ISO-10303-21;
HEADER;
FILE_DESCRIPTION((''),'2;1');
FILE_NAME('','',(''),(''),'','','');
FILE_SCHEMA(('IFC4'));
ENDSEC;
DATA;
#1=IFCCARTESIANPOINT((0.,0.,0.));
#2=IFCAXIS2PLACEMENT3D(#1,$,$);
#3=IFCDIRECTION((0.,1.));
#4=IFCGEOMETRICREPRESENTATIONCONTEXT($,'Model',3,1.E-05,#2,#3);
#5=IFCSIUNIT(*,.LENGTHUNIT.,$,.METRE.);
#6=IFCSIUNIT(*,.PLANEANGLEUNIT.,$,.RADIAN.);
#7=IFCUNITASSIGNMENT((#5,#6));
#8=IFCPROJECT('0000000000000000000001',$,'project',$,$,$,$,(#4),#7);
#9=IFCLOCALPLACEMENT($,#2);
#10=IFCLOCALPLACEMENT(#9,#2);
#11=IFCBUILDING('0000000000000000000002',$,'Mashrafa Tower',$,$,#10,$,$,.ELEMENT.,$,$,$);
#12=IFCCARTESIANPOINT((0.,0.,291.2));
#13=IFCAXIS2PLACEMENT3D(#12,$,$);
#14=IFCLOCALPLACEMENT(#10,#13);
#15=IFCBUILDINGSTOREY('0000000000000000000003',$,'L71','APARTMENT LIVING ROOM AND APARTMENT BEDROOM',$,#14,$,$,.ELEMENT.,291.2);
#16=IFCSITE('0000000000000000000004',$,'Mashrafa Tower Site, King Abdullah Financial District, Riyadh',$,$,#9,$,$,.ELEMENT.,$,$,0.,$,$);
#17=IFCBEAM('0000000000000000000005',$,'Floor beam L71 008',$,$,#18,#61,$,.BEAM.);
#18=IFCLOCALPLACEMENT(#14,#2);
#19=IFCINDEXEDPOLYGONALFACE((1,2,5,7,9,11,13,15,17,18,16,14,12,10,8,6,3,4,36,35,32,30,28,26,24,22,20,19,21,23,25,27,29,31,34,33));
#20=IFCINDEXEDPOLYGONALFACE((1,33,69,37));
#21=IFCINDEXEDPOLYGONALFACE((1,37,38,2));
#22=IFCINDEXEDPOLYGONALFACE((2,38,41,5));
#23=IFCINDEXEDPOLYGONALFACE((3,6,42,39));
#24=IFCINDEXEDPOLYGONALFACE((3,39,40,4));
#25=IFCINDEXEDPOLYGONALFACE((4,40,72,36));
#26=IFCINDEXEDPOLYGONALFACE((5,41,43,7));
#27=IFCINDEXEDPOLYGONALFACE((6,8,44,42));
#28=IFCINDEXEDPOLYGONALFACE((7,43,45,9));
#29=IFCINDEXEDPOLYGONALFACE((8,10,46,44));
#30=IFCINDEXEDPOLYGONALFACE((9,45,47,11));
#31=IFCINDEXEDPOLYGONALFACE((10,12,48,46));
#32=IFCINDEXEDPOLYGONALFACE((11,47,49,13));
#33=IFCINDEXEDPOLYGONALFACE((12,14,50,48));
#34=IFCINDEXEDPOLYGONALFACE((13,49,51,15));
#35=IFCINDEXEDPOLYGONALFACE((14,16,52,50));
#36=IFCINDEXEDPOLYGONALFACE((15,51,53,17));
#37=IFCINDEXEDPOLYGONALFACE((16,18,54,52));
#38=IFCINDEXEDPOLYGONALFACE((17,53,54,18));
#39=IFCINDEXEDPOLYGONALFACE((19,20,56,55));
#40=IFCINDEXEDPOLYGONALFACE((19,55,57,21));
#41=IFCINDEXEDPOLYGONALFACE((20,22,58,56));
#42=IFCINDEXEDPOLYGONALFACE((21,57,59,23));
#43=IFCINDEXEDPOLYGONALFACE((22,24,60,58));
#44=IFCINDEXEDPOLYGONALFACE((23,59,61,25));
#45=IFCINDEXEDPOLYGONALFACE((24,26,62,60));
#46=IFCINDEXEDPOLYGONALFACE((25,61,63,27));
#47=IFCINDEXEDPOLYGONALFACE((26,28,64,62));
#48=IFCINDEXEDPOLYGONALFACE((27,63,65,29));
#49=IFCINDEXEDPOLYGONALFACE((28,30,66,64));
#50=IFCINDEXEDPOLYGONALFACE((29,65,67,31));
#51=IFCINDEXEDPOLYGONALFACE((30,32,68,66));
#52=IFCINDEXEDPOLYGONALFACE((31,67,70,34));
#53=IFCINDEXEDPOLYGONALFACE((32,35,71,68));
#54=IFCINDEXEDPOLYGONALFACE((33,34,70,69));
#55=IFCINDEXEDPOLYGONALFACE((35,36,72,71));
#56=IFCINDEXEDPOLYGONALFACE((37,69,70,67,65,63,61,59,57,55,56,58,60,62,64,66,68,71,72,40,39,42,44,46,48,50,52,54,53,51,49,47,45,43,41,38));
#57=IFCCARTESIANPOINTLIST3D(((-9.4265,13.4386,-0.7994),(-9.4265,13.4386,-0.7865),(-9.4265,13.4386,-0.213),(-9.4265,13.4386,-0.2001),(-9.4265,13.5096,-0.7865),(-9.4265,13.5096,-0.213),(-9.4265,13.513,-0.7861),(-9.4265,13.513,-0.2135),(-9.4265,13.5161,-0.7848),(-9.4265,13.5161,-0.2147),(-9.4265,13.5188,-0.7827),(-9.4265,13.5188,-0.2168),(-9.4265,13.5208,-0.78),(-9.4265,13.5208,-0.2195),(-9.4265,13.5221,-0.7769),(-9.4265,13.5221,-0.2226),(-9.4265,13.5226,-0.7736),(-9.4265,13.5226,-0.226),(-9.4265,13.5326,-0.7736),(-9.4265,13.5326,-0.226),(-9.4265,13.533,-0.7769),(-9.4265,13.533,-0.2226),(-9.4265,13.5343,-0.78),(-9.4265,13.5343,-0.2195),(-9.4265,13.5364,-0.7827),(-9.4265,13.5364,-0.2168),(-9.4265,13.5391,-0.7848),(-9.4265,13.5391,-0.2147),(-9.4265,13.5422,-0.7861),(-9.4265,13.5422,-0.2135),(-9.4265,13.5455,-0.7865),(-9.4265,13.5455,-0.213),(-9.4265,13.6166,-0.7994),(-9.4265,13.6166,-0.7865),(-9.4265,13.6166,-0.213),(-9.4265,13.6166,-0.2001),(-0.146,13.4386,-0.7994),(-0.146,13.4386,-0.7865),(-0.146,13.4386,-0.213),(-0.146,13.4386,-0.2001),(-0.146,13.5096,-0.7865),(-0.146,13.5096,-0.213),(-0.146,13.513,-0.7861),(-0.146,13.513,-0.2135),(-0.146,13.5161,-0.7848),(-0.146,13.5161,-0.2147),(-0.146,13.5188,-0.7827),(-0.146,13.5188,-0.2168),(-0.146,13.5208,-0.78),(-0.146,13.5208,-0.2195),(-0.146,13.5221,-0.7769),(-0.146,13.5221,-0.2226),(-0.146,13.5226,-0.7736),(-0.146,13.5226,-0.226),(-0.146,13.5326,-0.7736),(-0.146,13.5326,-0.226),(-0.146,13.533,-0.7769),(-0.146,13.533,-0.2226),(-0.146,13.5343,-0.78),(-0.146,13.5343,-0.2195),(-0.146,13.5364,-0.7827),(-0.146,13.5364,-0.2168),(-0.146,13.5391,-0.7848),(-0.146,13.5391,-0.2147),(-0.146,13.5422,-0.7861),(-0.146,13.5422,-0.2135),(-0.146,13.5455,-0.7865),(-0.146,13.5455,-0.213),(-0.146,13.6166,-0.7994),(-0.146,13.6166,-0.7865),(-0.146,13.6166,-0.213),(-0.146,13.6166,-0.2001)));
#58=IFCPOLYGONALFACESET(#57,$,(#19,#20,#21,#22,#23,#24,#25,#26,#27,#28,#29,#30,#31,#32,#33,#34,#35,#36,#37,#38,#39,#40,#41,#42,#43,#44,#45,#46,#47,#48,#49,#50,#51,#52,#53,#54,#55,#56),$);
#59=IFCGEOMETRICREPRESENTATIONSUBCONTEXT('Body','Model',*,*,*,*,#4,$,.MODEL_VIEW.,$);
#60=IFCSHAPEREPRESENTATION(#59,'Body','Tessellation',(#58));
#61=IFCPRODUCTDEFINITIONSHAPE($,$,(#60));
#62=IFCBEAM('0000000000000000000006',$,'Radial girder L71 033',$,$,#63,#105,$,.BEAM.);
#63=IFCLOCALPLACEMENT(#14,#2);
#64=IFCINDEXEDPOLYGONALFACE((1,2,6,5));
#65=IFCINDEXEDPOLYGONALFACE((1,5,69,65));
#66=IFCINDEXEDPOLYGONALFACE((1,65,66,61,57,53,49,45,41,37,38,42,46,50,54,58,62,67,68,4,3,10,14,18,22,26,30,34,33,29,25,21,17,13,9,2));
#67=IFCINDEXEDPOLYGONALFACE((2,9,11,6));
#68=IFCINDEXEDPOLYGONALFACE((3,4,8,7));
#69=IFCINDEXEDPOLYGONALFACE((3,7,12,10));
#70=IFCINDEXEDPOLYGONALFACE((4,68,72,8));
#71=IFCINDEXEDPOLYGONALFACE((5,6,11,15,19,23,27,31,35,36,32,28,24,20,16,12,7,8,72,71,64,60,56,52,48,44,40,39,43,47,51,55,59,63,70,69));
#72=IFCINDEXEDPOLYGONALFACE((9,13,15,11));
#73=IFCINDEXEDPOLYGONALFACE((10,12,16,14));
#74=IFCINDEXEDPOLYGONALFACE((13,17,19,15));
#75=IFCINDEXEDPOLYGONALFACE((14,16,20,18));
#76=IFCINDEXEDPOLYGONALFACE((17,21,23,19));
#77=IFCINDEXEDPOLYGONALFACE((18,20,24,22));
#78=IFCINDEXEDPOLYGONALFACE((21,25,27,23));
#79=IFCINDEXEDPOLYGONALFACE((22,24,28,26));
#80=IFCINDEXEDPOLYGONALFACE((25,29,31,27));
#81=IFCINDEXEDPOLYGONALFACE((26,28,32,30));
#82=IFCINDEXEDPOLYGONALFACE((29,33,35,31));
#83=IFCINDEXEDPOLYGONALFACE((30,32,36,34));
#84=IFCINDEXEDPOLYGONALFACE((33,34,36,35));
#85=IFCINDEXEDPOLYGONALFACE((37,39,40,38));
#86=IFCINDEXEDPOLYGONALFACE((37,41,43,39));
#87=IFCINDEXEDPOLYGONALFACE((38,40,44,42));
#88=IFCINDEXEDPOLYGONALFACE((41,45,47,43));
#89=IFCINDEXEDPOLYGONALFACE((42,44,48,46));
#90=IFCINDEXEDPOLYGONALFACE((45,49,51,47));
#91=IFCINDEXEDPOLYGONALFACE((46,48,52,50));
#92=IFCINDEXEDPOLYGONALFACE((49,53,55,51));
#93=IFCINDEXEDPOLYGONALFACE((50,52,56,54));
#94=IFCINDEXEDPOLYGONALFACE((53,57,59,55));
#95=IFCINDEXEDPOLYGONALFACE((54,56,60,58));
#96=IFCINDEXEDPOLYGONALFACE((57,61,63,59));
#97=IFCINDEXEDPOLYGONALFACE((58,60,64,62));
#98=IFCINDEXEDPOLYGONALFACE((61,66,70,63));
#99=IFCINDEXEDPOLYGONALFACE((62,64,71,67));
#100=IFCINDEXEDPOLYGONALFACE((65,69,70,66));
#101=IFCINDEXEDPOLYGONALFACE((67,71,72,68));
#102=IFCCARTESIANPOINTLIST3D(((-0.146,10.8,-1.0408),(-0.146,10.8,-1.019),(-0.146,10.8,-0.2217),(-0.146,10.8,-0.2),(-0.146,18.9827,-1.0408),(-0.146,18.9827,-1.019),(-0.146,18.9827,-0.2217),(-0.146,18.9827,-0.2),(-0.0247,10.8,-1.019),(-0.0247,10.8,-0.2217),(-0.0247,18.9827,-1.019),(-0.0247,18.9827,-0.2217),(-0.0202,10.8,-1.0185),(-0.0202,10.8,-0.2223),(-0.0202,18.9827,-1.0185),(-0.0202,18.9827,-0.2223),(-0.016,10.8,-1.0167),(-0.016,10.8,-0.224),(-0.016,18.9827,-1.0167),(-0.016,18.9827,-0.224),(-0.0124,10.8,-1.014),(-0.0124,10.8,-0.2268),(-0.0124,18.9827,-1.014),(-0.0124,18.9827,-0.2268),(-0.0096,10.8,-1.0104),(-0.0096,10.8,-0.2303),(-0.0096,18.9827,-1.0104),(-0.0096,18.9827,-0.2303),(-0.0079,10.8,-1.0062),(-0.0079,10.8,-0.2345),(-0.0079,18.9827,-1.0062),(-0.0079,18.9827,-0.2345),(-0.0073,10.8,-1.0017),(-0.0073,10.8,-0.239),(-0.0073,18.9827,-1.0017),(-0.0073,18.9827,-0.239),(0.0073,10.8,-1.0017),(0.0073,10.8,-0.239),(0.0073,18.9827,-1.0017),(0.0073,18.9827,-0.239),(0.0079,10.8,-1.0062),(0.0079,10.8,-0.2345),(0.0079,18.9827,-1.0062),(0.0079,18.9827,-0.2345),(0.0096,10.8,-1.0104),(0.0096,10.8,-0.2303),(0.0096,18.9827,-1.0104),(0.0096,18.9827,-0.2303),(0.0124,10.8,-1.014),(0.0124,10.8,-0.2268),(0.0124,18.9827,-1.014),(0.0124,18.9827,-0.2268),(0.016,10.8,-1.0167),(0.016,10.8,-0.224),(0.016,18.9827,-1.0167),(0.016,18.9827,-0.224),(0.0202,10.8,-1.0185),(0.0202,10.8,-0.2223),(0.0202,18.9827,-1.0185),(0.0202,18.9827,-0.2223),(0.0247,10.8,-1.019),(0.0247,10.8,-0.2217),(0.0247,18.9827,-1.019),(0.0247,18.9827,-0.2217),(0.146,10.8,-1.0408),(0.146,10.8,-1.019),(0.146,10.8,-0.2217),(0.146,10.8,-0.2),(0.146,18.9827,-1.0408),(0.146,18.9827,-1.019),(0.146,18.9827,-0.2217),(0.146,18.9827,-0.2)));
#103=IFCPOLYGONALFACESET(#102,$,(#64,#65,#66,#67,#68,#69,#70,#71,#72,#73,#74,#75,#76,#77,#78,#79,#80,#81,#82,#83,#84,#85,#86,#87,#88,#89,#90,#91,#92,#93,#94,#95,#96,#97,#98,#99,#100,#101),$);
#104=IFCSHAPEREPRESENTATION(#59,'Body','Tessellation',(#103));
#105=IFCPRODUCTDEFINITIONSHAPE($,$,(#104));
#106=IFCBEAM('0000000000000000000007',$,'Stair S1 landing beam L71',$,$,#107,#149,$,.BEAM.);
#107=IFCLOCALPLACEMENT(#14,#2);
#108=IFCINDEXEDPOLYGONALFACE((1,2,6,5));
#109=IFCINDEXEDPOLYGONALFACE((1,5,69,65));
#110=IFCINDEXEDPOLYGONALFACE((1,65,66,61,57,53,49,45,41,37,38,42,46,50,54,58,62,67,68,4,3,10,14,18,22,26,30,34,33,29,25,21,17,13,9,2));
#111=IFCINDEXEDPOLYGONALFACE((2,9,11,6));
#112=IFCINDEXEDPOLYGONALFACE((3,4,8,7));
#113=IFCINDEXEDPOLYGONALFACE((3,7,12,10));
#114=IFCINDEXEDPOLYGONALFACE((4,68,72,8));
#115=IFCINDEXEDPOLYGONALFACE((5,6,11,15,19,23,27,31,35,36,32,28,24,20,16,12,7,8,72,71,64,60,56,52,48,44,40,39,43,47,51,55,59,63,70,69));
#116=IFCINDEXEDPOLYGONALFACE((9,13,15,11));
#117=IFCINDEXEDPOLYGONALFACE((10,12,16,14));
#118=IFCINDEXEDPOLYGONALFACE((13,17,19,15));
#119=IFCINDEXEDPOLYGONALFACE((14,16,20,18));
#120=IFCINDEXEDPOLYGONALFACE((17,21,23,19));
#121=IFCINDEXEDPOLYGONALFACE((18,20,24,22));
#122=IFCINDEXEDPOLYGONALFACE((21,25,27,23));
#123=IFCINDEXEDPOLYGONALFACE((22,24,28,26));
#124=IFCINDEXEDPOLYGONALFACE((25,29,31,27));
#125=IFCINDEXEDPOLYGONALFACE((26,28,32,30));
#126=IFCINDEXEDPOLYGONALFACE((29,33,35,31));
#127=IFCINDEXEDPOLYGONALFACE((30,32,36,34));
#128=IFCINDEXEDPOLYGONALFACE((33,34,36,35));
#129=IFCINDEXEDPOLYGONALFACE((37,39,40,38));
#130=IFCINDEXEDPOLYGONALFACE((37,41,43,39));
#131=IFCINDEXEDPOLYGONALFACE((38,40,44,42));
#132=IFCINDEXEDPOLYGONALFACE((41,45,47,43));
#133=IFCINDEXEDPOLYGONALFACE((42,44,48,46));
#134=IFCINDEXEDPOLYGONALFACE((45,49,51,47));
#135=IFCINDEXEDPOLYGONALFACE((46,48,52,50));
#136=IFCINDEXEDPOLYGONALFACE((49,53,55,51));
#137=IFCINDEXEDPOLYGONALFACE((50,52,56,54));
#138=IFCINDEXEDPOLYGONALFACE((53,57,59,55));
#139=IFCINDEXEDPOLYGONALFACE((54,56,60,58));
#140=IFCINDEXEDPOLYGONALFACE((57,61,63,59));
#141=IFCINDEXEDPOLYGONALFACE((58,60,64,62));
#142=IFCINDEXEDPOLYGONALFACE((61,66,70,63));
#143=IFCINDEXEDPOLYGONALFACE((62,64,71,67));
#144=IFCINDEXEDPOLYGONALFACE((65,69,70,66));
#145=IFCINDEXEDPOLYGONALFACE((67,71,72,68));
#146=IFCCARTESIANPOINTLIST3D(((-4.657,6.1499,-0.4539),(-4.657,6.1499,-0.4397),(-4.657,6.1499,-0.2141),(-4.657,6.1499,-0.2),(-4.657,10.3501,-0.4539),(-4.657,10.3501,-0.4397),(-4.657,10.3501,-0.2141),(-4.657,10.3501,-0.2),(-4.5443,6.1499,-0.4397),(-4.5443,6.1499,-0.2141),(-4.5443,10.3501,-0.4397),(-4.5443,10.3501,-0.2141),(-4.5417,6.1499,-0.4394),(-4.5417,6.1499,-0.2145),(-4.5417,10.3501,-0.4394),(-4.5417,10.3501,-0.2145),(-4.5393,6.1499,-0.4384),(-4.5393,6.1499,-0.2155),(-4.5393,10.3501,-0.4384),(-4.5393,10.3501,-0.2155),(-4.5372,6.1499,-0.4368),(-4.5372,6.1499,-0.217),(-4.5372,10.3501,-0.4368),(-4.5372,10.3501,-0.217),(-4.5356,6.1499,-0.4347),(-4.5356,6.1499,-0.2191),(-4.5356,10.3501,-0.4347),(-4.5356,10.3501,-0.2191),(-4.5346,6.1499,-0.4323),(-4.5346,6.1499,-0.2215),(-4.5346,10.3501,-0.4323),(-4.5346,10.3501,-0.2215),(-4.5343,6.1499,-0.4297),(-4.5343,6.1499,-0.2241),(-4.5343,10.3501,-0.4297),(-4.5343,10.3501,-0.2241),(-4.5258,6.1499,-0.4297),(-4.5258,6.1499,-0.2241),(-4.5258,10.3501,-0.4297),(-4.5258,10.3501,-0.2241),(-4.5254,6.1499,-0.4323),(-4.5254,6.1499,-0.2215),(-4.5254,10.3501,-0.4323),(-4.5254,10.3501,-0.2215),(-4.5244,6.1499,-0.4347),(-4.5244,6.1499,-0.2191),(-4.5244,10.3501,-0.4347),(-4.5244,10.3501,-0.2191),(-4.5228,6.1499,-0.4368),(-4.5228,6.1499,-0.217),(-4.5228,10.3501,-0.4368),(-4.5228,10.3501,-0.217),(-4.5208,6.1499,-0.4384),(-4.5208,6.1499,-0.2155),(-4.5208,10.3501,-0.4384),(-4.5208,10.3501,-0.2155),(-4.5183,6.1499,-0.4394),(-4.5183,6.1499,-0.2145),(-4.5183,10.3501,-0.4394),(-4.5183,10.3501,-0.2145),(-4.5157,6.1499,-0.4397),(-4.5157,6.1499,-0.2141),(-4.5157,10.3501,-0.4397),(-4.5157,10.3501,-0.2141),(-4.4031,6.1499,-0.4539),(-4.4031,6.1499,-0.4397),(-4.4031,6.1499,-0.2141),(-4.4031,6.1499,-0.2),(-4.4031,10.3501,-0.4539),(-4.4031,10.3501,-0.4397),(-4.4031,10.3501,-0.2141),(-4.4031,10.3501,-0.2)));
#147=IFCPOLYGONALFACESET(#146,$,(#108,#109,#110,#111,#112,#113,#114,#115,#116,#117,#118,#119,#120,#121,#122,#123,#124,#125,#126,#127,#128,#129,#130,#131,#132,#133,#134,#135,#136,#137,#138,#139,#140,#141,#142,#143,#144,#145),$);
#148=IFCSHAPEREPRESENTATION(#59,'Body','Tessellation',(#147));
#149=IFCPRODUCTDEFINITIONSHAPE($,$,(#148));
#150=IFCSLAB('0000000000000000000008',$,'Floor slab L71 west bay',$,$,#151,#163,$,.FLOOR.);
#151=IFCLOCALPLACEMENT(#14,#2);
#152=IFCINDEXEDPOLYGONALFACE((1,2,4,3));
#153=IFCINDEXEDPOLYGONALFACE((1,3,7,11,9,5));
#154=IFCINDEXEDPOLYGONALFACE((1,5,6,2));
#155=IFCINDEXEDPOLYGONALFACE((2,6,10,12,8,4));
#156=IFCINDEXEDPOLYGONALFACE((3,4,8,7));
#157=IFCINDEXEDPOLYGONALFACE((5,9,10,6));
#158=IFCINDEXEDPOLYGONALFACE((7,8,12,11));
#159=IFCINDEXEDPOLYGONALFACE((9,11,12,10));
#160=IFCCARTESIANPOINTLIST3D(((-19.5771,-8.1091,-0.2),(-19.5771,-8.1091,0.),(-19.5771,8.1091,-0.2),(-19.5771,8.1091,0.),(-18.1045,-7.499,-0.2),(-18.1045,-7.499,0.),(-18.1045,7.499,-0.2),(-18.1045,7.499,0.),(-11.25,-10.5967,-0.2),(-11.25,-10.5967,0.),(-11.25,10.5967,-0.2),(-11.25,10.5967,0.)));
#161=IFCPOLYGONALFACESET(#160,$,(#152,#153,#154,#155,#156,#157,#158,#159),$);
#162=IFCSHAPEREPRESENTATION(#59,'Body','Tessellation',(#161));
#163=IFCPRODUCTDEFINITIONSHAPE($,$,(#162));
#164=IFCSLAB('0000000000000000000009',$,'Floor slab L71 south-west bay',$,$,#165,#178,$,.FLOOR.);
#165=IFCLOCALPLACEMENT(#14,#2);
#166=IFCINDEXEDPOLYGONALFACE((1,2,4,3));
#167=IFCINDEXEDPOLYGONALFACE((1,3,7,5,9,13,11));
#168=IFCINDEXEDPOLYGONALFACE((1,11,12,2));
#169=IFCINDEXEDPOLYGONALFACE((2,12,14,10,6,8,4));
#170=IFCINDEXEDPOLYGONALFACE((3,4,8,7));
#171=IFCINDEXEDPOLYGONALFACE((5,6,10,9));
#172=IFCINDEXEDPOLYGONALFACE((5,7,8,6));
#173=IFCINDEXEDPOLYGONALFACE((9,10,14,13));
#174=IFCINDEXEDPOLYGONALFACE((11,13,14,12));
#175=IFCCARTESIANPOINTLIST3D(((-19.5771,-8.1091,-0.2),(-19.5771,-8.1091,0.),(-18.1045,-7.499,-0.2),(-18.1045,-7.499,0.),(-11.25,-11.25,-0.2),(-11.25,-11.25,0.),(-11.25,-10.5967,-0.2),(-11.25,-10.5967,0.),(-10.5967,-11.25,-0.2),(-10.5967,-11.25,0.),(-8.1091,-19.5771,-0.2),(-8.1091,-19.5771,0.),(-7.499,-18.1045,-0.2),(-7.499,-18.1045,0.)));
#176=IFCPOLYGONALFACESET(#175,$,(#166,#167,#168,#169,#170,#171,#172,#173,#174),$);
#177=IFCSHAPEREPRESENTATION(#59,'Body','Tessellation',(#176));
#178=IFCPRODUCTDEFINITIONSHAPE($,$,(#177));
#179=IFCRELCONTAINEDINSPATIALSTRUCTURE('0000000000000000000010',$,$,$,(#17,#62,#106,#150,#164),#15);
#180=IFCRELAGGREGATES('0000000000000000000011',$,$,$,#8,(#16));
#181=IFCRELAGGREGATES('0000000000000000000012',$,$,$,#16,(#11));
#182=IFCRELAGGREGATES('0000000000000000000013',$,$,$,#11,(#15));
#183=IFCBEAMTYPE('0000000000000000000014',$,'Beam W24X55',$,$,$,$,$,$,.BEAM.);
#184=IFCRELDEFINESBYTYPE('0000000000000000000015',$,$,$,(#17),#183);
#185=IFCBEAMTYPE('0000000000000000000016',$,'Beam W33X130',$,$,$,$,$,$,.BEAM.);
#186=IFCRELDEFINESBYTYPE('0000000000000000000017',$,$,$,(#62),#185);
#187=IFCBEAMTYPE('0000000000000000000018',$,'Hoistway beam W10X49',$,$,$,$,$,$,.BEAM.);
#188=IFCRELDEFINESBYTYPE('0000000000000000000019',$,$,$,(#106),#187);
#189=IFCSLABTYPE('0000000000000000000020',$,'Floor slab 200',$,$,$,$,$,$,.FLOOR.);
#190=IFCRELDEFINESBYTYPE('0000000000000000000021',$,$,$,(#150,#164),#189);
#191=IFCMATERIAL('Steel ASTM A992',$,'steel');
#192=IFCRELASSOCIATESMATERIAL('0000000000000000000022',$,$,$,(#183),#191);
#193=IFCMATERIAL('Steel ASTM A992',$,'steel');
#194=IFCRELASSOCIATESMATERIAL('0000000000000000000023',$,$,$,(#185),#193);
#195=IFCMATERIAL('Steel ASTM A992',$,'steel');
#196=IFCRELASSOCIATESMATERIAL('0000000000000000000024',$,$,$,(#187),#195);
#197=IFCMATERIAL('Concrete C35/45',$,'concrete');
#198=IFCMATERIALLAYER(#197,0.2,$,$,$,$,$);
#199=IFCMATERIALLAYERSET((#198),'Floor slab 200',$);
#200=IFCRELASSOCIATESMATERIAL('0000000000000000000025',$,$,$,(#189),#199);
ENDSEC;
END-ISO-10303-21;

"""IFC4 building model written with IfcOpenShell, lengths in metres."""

from ifc_helpers import new_model, si_unit, direction, frame, origin, origin_2d, place, context, subcontext, project, spatial, polyline, i_section, outline, extrude, material, layer, layer_set, material_profile, profile_set, type_object, element, save


model = new_model("IFC4")

# Units and contexts
model_context = context("Model", 3, precision=1e-05, world=origin(), true_north=direction((0.0, 1.0)))
body_context = subcontext(model_context, "Body", "Model", "MODEL_VIEW")
ifc_project = project(units=[si_unit("LENGTHUNIT", "METRE"), si_unit("PLANEANGLEUNIT", "RADIAN")], contexts=[model_context])

# Site, building, storey
site_placement = place(None, origin())
site = spatial("IfcSite", under=ifc_project, at=site_placement, Name="Mashrafa Tower Site, King Abdullah Financial District, Riyadh", CompositionType="ELEMENT", RefElevation=0.0)
building_placement = place(site_placement, origin())
building = spatial("IfcBuilding", under=site, at=building_placement, Name="Mashrafa Tower", CompositionType="ELEMENT")
storey_placement = place(building_placement, frame((0.0, 0.0, 291.2)))
storey = spatial("IfcBuildingStorey", under=building, at=storey_placement, Name="L71", Description="APARTMENT LIVING ROOM AND APARTMENT BEDROOM", CompositionType="ELEMENT", Elevation=291.2)

# Beams
ifc_material_1 = material(Name="Steel ASTM A992", Category="steel")
ifc_material_profile_1 = material_profile(ifc_material_1, i_section(OverallWidth=0.178, OverallDepth=0.5994, WebThickness=0.01, FlangeThickness=0.0129, FilletRadius=0.0129, at=origin_2d()), Name="W24X55")
ifc_profile_set_1 = profile_set([ifc_material_profile_1], Name="Steel ASTM A992")
beam_type_1 = type_object("IfcBeamType", Name="Beam W24X55", PredefinedType="BEAM", material=ifc_profile_set_1)
beam_1_placement = place(storey_placement, frame((-9.4265, 13.5276, -0.4998), z_axis=(1.0, 0.0, 0.0), x_axis=(0.0, 1.0, 0.0)))
element("IfcBeam", 1, at=beam_1_placement, inside=storey, type_object=beam_type_1, Name="Floor beam L71 008", PredefinedType="BEAM", context=body_context, shape_type="SweptSolid", body=[
    extrude(i_section(OverallWidth=0.178, OverallDepth=0.5994, WebThickness=0.01, FlangeThickness=0.0129, FilletRadius=0.0129, at=origin_2d()), origin(), (0.0, 0.0, 1.0), 9.2805),
])
ifc_material_2 = material(Name="Steel ASTM A992", Category="steel")
ifc_material_profile_2 = material_profile(ifc_material_2, i_section(OverallWidth=0.292, OverallDepth=0.8408, WebThickness=0.0146, FlangeThickness=0.0217, FilletRadius=0.0173, at=origin_2d()), Name="W33X130")
ifc_profile_set_2 = profile_set([ifc_material_profile_2], Name="Steel ASTM A992")
beam_type_2 = type_object("IfcBeamType", Name="Beam W33X130", PredefinedType="BEAM", material=ifc_profile_set_2)
beam_2_placement = place(storey_placement, frame((0.0, 10.8, -0.6204), z_axis=(0.0, 1.0, 0.0), x_axis=(-1.0, 0.0, 0.0)))
element("IfcBeam", 2, at=beam_2_placement, inside=storey, type_object=beam_type_2, Name="Radial girder L71 033", PredefinedType="BEAM", context=body_context, shape_type="SweptSolid", body=[
    extrude(i_section(OverallWidth=0.292, OverallDepth=0.8408, WebThickness=0.0146, FlangeThickness=0.0217, FilletRadius=0.0173, at=origin_2d()), origin(), (0.0, 0.0, 1.0), 8.1826),
])
ifc_material_3 = material(Name="Steel ASTM A992", Category="steel")
ifc_material_profile_3 = material_profile(ifc_material_3, i_section(OverallWidth=0.2539, OverallDepth=0.2539, WebThickness=0.0085, FlangeThickness=0.0142, FilletRadius=0.01, at=origin_2d()), Name="W10X49")
ifc_profile_set_3 = profile_set([ifc_material_profile_3], Name="Steel ASTM A992")
beam_type_3 = type_object("IfcBeamType", Name="Hoistway beam W10X49", PredefinedType="BEAM", material=ifc_profile_set_3)
beam_3_placement = place(storey_placement, frame((-4.53, 6.1499, -0.3269), z_axis=(0.0, 1.0, 0.0), x_axis=(-1.0, 0.0, 0.0)))
element("IfcBeam", 3, at=beam_3_placement, inside=storey, type_object=beam_type_3, Name="Stair S1 landing beam L71", PredefinedType="BEAM", context=body_context, shape_type="SweptSolid", body=[
    extrude(i_section(OverallWidth=0.2539, OverallDepth=0.2539, WebThickness=0.0085, FlangeThickness=0.0142, FilletRadius=0.01, at=origin_2d()), origin(), (0.0, 0.0, 1.0), 4.2002),
])

# Slabs
ifc_material_4 = material(Name="Concrete C35/45", Category="concrete")
ifc_layer_1 = layer(ifc_material_4, 0.2)
ifc_layer_set_1 = layer_set([ifc_layer_1], Name="Floor slab 200")
slab_type = type_object("IfcSlabType", Name="Floor slab 200", PredefinedType="FLOOR", material=ifc_layer_set_1)
slab_1_placement = place(storey_placement, frame((0.0, 0.0, -0.2)))
element("IfcSlab", 4, at=slab_1_placement, inside=storey, type_object=slab_type, Name="Floor slab L71 west bay", PredefinedType="FLOOR", context=body_context, shape_type="SweptSolid", body=[
    extrude(outline(polyline([(-19.5771, 8.1091), (-18.1045, 7.499), (-11.25, 10.5967), (-11.25, -10.5967), (-18.1045, -7.499), (-19.5771, -8.1091), (-19.5771, 8.1091)])), origin(), (0.0, 0.0, 1.0), 0.2),
])
slab_2_placement = place(storey_placement, frame((0.0, 0.0, -0.2)))
element("IfcSlab", 5, at=slab_2_placement, inside=storey, type_object=slab_type, Name="Floor slab L71 south-west bay", PredefinedType="FLOOR", context=body_context, shape_type="SweptSolid", body=[
    extrude(outline(polyline([(-8.1091, -19.5771), (-19.5771, -8.1091), (-19.5771, -8.1091), (-18.1045, -7.499), (-11.25, -10.5967), (-11.25, -11.25), (-10.5967, -11.25), (-7.499, -18.1045), (-8.1091, -19.5771), (-8.1091, -19.5771)])), origin(), (0.0, 0.0, 1.0), 0.2),
])

save(model, "model.ifc")
